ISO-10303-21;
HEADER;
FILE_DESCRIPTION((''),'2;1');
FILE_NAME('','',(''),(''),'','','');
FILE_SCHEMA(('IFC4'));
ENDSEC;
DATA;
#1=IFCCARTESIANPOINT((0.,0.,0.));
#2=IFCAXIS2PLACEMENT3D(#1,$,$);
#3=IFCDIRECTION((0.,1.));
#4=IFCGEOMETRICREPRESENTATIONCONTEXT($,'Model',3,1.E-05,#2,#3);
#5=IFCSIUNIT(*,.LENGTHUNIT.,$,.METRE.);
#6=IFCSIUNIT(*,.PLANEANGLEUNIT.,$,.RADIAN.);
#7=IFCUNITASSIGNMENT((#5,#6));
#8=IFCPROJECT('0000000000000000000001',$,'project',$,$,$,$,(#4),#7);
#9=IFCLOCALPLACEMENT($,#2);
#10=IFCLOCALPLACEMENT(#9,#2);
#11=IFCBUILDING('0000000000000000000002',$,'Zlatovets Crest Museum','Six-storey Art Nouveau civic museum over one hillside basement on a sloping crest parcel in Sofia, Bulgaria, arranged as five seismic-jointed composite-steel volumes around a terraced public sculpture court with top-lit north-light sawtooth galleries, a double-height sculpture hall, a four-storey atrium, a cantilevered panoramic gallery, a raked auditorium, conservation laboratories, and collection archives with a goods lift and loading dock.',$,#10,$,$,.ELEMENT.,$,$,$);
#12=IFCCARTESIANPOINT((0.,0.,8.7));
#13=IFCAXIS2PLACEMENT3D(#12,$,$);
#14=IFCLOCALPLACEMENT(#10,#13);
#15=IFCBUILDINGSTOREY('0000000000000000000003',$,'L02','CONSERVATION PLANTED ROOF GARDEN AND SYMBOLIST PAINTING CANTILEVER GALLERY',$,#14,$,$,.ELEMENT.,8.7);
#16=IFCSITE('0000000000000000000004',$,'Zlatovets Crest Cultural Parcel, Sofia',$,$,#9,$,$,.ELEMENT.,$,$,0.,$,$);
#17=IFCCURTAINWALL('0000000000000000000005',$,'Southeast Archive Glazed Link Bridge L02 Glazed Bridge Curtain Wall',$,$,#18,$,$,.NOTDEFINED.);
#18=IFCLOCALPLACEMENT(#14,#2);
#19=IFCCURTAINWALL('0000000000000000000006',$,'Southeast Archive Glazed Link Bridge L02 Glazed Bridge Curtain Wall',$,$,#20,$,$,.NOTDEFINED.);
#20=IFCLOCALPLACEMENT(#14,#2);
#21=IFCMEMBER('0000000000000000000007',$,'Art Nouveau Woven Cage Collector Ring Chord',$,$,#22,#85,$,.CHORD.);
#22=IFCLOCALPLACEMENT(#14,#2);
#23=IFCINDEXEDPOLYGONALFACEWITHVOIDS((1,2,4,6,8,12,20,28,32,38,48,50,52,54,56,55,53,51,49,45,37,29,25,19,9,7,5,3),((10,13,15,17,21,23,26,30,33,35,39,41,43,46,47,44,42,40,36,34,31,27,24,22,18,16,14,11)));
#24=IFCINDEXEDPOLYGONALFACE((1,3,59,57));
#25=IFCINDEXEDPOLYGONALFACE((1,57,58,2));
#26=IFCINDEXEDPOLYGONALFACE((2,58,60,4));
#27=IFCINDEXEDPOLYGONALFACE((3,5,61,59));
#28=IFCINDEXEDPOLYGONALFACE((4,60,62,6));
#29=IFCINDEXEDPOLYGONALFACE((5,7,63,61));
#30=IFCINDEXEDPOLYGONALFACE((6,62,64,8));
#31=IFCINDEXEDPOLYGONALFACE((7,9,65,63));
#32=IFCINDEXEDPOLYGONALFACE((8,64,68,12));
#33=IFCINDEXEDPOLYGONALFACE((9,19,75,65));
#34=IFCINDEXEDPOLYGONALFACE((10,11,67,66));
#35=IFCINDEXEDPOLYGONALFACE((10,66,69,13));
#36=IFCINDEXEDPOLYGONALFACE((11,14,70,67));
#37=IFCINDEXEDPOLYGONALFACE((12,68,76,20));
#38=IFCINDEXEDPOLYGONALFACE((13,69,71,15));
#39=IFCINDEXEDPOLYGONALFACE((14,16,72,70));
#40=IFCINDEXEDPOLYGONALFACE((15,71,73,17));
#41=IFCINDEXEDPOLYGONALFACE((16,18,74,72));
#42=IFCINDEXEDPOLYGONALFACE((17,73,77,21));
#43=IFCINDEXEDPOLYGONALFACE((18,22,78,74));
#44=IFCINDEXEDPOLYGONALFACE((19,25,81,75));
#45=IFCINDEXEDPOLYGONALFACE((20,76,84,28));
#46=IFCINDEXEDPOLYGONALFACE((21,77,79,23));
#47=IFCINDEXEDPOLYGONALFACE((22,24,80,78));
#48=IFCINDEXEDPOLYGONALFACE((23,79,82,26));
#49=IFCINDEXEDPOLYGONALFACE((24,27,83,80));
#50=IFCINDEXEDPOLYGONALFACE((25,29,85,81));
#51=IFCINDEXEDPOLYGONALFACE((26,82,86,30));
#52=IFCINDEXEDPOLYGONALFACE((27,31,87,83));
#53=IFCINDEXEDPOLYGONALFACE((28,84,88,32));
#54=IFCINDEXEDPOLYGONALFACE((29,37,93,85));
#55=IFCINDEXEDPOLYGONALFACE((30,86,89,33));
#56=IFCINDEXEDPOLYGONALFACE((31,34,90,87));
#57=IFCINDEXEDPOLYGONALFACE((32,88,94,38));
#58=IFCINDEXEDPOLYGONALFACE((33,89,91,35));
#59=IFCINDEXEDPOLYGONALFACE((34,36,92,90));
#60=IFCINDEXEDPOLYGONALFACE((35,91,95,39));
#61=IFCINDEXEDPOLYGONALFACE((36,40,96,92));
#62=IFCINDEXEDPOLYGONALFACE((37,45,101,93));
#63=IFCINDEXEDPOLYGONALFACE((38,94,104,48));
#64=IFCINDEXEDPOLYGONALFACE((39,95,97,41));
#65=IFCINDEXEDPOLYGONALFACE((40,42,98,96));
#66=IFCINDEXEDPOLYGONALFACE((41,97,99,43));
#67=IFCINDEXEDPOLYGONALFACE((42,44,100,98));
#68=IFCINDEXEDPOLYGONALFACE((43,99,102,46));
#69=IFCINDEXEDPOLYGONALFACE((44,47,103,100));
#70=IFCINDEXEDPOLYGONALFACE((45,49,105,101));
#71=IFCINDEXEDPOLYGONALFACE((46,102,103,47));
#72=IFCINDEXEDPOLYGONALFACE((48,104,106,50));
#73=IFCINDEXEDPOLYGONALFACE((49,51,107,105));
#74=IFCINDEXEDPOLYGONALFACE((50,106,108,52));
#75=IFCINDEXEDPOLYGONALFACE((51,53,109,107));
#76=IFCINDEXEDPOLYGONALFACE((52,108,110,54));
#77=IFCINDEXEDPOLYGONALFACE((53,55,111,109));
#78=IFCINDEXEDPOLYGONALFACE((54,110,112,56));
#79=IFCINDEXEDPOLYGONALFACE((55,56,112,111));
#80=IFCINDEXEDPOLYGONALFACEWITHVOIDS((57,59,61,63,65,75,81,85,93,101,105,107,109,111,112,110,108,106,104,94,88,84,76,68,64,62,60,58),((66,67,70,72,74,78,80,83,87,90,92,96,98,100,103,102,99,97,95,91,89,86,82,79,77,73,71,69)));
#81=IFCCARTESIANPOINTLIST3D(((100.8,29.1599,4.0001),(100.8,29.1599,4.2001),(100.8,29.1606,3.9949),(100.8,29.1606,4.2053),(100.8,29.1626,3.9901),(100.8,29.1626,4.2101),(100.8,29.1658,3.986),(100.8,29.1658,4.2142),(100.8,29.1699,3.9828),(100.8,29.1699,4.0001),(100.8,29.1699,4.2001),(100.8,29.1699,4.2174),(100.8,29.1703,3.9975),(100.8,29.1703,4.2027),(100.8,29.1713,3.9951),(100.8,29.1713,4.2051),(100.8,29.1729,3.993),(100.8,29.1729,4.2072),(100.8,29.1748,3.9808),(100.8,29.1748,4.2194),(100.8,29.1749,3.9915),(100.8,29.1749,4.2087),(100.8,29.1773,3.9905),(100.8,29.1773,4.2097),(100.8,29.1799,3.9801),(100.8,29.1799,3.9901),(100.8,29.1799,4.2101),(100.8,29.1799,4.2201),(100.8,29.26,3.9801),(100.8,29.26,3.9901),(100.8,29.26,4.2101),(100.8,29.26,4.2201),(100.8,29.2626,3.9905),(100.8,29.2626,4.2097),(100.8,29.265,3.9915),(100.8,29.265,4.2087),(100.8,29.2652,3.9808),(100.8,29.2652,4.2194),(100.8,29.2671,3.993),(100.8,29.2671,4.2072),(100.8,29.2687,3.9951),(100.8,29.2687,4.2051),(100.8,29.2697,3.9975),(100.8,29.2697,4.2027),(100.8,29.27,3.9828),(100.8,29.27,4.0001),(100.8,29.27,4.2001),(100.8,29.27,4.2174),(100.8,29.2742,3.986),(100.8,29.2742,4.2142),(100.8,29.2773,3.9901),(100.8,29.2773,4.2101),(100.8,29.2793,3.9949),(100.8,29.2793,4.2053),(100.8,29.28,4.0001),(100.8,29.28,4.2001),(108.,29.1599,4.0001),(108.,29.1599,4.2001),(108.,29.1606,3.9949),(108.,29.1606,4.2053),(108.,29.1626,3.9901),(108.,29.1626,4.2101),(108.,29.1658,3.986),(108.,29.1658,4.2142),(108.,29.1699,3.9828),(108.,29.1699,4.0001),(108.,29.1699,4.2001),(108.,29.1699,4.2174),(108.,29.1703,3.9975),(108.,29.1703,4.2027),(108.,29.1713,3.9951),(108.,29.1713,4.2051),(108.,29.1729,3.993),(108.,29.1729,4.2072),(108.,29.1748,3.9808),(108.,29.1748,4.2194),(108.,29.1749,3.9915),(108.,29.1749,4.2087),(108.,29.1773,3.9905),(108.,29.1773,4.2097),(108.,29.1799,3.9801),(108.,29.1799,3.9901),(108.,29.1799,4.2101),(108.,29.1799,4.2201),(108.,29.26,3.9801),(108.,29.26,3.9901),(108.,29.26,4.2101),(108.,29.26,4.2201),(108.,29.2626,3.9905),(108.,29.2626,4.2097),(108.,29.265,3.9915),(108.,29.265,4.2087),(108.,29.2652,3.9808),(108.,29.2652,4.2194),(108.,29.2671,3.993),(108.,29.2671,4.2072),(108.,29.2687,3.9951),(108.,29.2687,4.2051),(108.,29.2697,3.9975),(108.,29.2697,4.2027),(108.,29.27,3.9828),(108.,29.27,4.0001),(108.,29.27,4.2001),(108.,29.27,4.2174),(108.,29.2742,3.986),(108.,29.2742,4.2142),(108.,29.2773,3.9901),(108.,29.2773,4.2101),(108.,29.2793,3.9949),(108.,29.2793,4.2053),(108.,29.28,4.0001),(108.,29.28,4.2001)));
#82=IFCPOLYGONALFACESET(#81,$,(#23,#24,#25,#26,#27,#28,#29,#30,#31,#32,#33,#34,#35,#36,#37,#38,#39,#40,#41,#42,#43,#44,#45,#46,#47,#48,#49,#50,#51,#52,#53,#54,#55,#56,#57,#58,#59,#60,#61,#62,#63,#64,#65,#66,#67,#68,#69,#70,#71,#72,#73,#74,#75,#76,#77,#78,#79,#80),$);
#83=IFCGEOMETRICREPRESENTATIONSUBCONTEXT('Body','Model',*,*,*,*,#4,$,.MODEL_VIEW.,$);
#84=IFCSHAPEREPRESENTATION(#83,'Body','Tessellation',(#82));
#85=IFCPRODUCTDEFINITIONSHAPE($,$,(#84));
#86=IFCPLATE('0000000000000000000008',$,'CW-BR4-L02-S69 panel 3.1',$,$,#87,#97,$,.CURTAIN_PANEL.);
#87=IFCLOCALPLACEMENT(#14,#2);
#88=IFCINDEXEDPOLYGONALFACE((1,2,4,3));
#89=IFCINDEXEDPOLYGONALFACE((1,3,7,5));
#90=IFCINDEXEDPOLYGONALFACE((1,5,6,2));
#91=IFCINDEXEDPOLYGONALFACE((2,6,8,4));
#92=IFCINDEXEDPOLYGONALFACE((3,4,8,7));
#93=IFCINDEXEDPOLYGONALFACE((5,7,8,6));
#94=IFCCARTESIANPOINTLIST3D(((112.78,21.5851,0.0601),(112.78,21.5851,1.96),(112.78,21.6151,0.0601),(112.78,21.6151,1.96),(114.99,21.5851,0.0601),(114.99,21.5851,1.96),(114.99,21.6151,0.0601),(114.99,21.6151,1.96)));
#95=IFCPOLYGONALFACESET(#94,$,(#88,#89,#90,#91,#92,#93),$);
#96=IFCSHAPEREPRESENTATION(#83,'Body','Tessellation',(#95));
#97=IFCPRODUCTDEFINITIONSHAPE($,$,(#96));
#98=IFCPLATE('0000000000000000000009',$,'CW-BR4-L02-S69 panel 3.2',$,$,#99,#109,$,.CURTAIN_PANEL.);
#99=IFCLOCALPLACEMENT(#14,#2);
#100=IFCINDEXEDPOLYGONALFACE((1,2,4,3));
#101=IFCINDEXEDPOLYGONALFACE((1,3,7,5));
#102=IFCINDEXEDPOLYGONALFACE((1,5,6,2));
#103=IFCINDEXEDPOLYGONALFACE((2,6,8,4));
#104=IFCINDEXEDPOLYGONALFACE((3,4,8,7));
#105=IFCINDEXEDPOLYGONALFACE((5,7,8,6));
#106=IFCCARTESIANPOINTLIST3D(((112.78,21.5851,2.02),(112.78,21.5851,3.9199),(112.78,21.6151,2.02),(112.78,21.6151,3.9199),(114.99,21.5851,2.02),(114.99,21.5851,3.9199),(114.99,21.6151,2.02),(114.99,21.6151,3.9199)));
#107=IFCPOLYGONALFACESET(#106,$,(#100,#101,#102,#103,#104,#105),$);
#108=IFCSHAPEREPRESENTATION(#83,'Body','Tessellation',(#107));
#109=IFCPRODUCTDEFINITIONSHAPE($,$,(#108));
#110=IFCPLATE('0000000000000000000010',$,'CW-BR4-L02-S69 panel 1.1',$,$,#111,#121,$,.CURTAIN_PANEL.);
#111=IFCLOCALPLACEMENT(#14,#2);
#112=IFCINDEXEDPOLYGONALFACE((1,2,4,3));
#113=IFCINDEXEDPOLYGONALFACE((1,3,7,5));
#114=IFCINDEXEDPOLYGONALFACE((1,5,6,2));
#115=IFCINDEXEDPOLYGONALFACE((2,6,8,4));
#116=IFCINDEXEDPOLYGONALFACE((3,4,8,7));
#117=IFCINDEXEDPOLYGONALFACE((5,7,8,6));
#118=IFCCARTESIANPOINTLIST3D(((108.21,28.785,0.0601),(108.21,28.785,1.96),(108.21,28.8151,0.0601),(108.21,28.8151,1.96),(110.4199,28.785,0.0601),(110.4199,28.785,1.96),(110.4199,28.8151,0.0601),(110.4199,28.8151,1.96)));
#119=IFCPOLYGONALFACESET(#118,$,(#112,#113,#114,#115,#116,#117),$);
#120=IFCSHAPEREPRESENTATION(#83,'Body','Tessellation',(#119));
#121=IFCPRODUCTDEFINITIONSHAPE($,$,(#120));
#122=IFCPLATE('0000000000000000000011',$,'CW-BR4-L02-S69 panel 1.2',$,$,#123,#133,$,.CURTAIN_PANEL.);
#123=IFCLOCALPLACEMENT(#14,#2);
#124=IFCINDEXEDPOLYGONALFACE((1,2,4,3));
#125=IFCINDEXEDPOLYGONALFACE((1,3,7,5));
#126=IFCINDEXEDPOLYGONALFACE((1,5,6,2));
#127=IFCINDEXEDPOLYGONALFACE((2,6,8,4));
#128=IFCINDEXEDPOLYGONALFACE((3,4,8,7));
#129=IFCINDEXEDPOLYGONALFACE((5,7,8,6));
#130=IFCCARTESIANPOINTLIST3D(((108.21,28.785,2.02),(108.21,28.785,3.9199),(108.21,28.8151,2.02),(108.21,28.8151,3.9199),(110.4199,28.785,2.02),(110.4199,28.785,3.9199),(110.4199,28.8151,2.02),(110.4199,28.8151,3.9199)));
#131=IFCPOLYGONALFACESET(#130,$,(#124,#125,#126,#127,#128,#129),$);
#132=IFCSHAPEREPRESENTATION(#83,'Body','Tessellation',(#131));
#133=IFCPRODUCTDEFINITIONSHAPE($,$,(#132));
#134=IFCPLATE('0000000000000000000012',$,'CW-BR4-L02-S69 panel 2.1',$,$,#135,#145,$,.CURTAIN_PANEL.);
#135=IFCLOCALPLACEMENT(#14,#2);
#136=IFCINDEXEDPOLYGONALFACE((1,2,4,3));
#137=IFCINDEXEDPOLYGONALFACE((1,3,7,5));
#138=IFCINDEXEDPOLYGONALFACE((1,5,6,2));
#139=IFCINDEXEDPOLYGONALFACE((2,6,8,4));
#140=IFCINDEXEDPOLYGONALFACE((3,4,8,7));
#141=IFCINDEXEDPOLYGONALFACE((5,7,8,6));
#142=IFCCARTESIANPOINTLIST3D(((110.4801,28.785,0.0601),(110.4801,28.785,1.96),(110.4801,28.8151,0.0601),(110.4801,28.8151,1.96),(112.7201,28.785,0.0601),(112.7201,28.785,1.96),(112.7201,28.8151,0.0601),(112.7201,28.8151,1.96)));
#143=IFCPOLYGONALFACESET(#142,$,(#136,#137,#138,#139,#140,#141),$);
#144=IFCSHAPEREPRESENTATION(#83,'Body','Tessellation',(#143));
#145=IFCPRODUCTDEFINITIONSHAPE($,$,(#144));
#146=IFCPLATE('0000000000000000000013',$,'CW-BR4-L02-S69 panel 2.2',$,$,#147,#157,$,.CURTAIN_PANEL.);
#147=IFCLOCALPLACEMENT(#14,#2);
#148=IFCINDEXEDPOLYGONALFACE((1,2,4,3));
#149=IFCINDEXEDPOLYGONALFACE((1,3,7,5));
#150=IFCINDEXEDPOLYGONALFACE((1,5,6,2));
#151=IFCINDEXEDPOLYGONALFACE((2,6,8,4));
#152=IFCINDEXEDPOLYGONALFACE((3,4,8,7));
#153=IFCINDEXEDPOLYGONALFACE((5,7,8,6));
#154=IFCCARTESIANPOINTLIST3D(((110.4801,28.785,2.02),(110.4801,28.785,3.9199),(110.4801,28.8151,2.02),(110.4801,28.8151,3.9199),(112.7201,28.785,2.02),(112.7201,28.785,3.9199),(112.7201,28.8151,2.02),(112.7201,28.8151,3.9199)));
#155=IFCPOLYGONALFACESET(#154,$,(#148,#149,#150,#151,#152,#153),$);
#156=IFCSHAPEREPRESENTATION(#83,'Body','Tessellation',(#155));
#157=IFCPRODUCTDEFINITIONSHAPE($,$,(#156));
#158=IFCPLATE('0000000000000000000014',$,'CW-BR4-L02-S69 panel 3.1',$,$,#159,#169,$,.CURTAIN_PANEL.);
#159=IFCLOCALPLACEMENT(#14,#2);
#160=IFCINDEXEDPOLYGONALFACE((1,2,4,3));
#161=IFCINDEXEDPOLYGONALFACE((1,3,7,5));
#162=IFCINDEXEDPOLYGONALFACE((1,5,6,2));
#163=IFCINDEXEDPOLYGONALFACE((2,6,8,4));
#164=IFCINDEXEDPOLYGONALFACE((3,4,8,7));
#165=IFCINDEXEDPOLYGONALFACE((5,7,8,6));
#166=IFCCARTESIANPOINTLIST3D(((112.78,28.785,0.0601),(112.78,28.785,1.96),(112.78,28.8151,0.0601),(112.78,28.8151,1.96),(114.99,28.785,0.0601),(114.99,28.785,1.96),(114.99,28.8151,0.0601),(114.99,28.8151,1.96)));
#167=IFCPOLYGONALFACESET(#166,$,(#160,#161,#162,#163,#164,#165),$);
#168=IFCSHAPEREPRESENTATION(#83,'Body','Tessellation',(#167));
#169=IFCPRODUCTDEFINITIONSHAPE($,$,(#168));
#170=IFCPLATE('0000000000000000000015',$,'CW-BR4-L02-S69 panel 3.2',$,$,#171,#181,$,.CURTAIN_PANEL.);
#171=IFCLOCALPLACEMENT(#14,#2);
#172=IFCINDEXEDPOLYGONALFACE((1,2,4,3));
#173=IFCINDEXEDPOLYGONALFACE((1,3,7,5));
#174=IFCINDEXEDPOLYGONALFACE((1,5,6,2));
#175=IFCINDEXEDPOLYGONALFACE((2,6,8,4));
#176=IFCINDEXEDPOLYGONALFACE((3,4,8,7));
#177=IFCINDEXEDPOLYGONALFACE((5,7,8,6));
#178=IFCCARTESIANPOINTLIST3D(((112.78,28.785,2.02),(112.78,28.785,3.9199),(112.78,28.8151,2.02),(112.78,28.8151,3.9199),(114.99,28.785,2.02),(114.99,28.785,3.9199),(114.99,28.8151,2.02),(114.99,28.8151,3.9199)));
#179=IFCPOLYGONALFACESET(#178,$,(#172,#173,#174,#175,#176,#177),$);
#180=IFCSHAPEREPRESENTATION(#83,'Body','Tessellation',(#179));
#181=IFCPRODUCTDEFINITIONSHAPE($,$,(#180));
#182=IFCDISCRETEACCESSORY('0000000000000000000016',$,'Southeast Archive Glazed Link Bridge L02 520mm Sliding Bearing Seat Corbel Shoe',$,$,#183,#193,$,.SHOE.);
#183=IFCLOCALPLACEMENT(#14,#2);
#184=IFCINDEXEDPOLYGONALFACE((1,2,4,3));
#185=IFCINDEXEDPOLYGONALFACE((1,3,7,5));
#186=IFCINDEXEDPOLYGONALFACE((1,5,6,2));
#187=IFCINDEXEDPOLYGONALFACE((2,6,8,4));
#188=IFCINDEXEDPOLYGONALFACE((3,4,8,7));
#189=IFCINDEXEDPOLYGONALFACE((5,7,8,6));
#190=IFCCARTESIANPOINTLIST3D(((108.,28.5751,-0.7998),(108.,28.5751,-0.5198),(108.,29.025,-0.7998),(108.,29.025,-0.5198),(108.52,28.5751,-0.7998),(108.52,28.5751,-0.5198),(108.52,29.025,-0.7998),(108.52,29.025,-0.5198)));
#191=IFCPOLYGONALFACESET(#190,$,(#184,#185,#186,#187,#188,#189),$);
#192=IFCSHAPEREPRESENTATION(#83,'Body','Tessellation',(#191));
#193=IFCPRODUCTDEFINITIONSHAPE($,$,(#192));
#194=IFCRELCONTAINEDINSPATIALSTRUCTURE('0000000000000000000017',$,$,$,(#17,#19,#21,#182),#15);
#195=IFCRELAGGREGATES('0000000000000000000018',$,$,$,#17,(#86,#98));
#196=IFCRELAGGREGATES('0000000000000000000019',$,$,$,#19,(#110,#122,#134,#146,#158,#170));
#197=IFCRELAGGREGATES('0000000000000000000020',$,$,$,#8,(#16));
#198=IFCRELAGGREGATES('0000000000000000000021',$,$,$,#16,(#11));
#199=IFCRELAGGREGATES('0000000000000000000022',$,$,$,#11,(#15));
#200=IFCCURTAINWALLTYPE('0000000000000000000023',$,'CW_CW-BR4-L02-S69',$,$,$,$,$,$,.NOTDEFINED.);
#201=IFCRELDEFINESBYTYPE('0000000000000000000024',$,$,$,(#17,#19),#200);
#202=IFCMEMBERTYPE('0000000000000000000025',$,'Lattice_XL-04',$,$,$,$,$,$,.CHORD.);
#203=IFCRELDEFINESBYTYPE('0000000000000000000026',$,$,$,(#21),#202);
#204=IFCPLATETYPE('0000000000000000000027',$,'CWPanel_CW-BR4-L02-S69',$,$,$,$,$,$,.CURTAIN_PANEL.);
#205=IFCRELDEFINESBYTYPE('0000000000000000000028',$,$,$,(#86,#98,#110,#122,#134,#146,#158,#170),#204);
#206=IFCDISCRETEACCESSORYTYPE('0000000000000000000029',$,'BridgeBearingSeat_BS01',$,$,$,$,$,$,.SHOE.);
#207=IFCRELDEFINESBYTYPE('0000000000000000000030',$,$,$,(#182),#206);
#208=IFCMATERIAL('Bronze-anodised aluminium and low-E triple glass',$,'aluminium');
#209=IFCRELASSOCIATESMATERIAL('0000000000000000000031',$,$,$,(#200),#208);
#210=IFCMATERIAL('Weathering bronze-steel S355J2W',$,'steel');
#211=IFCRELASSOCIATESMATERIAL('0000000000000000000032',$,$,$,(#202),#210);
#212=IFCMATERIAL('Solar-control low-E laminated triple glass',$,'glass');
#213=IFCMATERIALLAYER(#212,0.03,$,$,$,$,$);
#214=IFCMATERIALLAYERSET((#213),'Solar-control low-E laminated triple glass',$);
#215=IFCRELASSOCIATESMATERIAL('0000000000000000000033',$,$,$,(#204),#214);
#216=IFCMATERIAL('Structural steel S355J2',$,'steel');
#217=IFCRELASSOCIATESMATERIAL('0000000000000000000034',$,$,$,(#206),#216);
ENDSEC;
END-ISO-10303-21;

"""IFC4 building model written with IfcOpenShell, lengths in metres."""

from ifc_helpers import new_model, si_unit, direction, frame, origin, origin_2d, place, context, subcontext, project, spatial, rectangle, hollow_rectangle, extrude, material, layer, layer_set, material_profile, profile_set, type_object, element, aggregate, save


model = new_model("IFC4")

# Units and contexts
model_context = context("Model", 3, precision=1e-05, world=origin(), true_north=direction((0.0, 1.0)))
body_context = subcontext(model_context, "Body", "Model", "MODEL_VIEW")
ifc_project = project(units=[si_unit("LENGTHUNIT", "METRE"), si_unit("PLANEANGLEUNIT", "RADIAN")], contexts=[model_context])

# Site, building, storey
site_placement = place(None, origin())
site = spatial("IfcSite", under=ifc_project, at=site_placement, Name="Zlatovets Crest Cultural Parcel, Sofia", CompositionType="ELEMENT", RefElevation=0.0)
building_placement = place(site_placement, origin())
building = spatial("IfcBuilding", under=site, at=building_placement, Name="Zlatovets Crest Museum", Description="Six-storey Art Nouveau civic museum over one hillside basement on a sloping crest parcel in Sofia, Bulgaria, arranged as five seismic-jointed composite-steel volumes around a terraced public sculpture court with top-lit north-light sawtooth galleries, a double-height sculpture hall, a four-storey atrium, a cantilevered panoramic gallery, a raked auditorium, conservation laboratories, and collection archives with a goods lift and loading dock.", CompositionType="ELEMENT")
storey_placement = place(building_placement, frame((0.0, 0.0, 8.7)))
storey = spatial("IfcBuildingStorey", under=building, at=storey_placement, Name="L02", Description="CONSERVATION PLANTED ROOF GARDEN AND SYMBOLIST PAINTING CANTILEVER GALLERY", CompositionType="ELEMENT", Elevation=8.7)

# Shared definitions
ifc_material_1 = material(Name="Structural steel S355J2", Category="steel")

# Curtain wall
ifc_material_2 = material(Name="Bronze-anodised aluminium and low-E triple glass", Category="aluminium")
curtain_wall_type = type_object("IfcCurtainWallType", Name="CW_CW-BR4-L02-S69", PredefinedType="NOTDEFINED", material=ifc_material_2)
curtain_wall_1_placement = place(storey_placement, origin())
curtain_wall_1 = element("IfcCurtainWall", 1, at=curtain_wall_1_placement, inside=storey, type_object=curtain_wall_type, Name="Southeast Archive Glazed Link Bridge L02 Glazed Bridge Curtain Wall", PredefinedType="NOTDEFINED")

# Curtain wall
curtain_wall_2_placement = place(storey_placement, origin())
curtain_wall_2 = element("IfcCurtainWall", 2, at=curtain_wall_2_placement, inside=storey, type_object=curtain_wall_type, Name="Southeast Archive Glazed Link Bridge L02 Glazed Bridge Curtain Wall", PredefinedType="NOTDEFINED")

# Member
ifc_material_3 = material(Name="Weathering bronze-steel S355J2W", Category="steel")
ifc_material_profile_1 = material_profile(ifc_material_3, hollow_rectangle(XDim=0.1201, YDim=0.24, WallThickness=0.01, InnerFilletRadius=0.01, OuterFilletRadius=0.02, at=origin_2d()), Name="RHS 120x240x10.0")
ifc_profile_set_1 = profile_set([ifc_material_profile_1], Name="Weathering bronze-steel S355J2W")
member_type_1 = type_object("IfcMemberType", Name="Lattice_XL-04", PredefinedType="CHORD", material=ifc_profile_set_1)
member_1_placement = place(storey_placement, frame((108.0, 29.22, 4.1001), z_axis=(-1.0, 0.0, 0.0), x_axis=(0.0, -1.0, 0.0)))
element("IfcMember", 3, at=member_1_placement, inside=storey, type_object=member_type_1, Name="Art Nouveau Woven Cage Collector Ring Chord", PredefinedType="CHORD", context=body_context, shape_type="SweptSolid", body=[
    extrude(hollow_rectangle(XDim=0.1201, YDim=0.24, WallThickness=0.01, InnerFilletRadius=0.01, OuterFilletRadius=0.02, at=origin_2d()), origin(), (0.0, 0.0, 1.0), 7.2),
])

# Plates
ifc_material_4 = material(Name="Solar-control low-E laminated triple glass", Category="glass")
ifc_layer = layer(ifc_material_4, 0.03)
ifc_layer_set = layer_set([ifc_layer], Name="Solar-control low-E laminated triple glass")
plate_type = type_object("IfcPlateType", Name="CWPanel_CW-BR4-L02-S69", PredefinedType="CURTAIN_PANEL", material=ifc_layer_set)
plate_1_placement = place(storey_placement, frame((113.885, 21.6001, 0.0601), z_axis=(0.0, 0.0, 1.0), x_axis=(1.0, 0.0, 0.0)))
plate_1 = element("IfcPlate", 4, at=plate_1_placement, type_object=plate_type, Name="CW-BR4-L02-S69 panel 3.1", PredefinedType="CURTAIN_PANEL", context=body_context, shape_type="SweptSolid", body=[
    extrude(rectangle(XDim=2.21, YDim=0.03, at=origin_2d()), origin(), (0.0, 0.0, 1.0), 1.8999),
])
plate_2_placement = place(storey_placement, frame((113.885, 21.6001, 2.02), z_axis=(0.0, 0.0, 1.0), x_axis=(1.0, 0.0, 0.0)))
plate_2 = element("IfcPlate", 5, at=plate_2_placement, type_object=plate_type, Name="CW-BR4-L02-S69 panel 3.2", PredefinedType="CURTAIN_PANEL", context=body_context, shape_type="SweptSolid", body=[
    extrude(rectangle(XDim=2.21, YDim=0.03, at=origin_2d()), origin(), (0.0, 0.0, 1.0), 1.8999),
])
aggregate(curtain_wall_1, [plate_1, plate_2])
plate_3_placement = place(storey_placement, frame((109.3149, 28.8, 0.0601), z_axis=(0.0, 0.0, 1.0), x_axis=(1.0, 0.0, 0.0)))
plate_3 = element("IfcPlate", 6, at=plate_3_placement, type_object=plate_type, Name="CW-BR4-L02-S69 panel 1.1", PredefinedType="CURTAIN_PANEL", context=body_context, shape_type="SweptSolid", body=[
    extrude(rectangle(XDim=2.21, YDim=0.03, at=origin_2d()), origin(), (0.0, 0.0, 1.0), 1.8999),
])
plate_4_placement = place(storey_placement, frame((109.3149, 28.8, 2.02), z_axis=(0.0, 0.0, 1.0), x_axis=(1.0, 0.0, 0.0)))
plate_4 = element("IfcPlate", 7, at=plate_4_placement, type_object=plate_type, Name="CW-BR4-L02-S69 panel 1.2", PredefinedType="CURTAIN_PANEL", context=body_context, shape_type="SweptSolid", body=[
    extrude(rectangle(XDim=2.21, YDim=0.03, at=origin_2d()), origin(), (0.0, 0.0, 1.0), 1.8999),
])
plate_5_placement = place(storey_placement, frame((111.6001, 28.8, 0.0601), z_axis=(0.0, 0.0, 1.0), x_axis=(1.0, 0.0, 0.0)))
plate_5 = element("IfcPlate", 8, at=plate_5_placement, type_object=plate_type, Name="CW-BR4-L02-S69 panel 2.1", PredefinedType="CURTAIN_PANEL", context=body_context, shape_type="SweptSolid", body=[
    extrude(rectangle(XDim=2.24, YDim=0.03, at=origin_2d()), origin(), (0.0, 0.0, 1.0), 1.8999),
])
plate_6_placement = place(storey_placement, frame((111.6001, 28.8, 2.02), z_axis=(0.0, 0.0, 1.0), x_axis=(1.0, 0.0, 0.0)))
plate_6 = element("IfcPlate", 9, at=plate_6_placement, type_object=plate_type, Name="CW-BR4-L02-S69 panel 2.2", PredefinedType="CURTAIN_PANEL", context=body_context, shape_type="SweptSolid", body=[
    extrude(rectangle(XDim=2.24, YDim=0.03, at=origin_2d()), origin(), (0.0, 0.0, 1.0), 1.8999),
])
plate_7_placement = place(storey_placement, frame((113.885, 28.8, 0.0601), z_axis=(0.0, 0.0, 1.0), x_axis=(1.0, 0.0, 0.0)))
plate_7 = element("IfcPlate", 10, at=plate_7_placement, type_object=plate_type, Name="CW-BR4-L02-S69 panel 3.1", PredefinedType="CURTAIN_PANEL", context=body_context, shape_type="SweptSolid", body=[
    extrude(rectangle(XDim=2.21, YDim=0.03, at=origin_2d()), origin(), (0.0, 0.0, 1.0), 1.8999),
])
plate_8_placement = place(storey_placement, frame((113.885, 28.8, 2.02), z_axis=(0.0, 0.0, 1.0), x_axis=(1.0, 0.0, 0.0)))
plate_8 = element("IfcPlate", 11, at=plate_8_placement, type_object=plate_type, Name="CW-BR4-L02-S69 panel 3.2", PredefinedType="CURTAIN_PANEL", context=body_context, shape_type="SweptSolid", body=[
    extrude(rectangle(XDim=2.21, YDim=0.03, at=origin_2d()), origin(), (0.0, 0.0, 1.0), 1.8999),
])
aggregate(curtain_wall_2, [plate_3, plate_4, plate_5, plate_6, plate_7, plate_8])

# Discrete accessory
discrete_accessory_type_1 = type_object("IfcDiscreteAccessoryType", Name="BridgeBearingSeat_BS01", PredefinedType="SHOE", material=ifc_material_1)
discrete_accessory_1_placement = place(storey_placement, frame((108.26, 28.8, -0.7998), z_axis=(0.0, 0.0, 1.0), x_axis=(1.0, 0.0, 0.0)))
element("IfcDiscreteAccessory", 12, at=discrete_accessory_1_placement, inside=storey, type_object=discrete_accessory_type_1, Name="Southeast Archive Glazed Link Bridge L02 520mm Sliding Bearing Seat Corbel Shoe", PredefinedType="SHOE", context=body_context, shape_type="SweptSolid", body=[
    extrude(rectangle(XDim=0.52, YDim=0.45, at=origin_2d()), origin(), (0.0, 0.0, 1.0), 0.28),
])

save(model, "model.ifc")
